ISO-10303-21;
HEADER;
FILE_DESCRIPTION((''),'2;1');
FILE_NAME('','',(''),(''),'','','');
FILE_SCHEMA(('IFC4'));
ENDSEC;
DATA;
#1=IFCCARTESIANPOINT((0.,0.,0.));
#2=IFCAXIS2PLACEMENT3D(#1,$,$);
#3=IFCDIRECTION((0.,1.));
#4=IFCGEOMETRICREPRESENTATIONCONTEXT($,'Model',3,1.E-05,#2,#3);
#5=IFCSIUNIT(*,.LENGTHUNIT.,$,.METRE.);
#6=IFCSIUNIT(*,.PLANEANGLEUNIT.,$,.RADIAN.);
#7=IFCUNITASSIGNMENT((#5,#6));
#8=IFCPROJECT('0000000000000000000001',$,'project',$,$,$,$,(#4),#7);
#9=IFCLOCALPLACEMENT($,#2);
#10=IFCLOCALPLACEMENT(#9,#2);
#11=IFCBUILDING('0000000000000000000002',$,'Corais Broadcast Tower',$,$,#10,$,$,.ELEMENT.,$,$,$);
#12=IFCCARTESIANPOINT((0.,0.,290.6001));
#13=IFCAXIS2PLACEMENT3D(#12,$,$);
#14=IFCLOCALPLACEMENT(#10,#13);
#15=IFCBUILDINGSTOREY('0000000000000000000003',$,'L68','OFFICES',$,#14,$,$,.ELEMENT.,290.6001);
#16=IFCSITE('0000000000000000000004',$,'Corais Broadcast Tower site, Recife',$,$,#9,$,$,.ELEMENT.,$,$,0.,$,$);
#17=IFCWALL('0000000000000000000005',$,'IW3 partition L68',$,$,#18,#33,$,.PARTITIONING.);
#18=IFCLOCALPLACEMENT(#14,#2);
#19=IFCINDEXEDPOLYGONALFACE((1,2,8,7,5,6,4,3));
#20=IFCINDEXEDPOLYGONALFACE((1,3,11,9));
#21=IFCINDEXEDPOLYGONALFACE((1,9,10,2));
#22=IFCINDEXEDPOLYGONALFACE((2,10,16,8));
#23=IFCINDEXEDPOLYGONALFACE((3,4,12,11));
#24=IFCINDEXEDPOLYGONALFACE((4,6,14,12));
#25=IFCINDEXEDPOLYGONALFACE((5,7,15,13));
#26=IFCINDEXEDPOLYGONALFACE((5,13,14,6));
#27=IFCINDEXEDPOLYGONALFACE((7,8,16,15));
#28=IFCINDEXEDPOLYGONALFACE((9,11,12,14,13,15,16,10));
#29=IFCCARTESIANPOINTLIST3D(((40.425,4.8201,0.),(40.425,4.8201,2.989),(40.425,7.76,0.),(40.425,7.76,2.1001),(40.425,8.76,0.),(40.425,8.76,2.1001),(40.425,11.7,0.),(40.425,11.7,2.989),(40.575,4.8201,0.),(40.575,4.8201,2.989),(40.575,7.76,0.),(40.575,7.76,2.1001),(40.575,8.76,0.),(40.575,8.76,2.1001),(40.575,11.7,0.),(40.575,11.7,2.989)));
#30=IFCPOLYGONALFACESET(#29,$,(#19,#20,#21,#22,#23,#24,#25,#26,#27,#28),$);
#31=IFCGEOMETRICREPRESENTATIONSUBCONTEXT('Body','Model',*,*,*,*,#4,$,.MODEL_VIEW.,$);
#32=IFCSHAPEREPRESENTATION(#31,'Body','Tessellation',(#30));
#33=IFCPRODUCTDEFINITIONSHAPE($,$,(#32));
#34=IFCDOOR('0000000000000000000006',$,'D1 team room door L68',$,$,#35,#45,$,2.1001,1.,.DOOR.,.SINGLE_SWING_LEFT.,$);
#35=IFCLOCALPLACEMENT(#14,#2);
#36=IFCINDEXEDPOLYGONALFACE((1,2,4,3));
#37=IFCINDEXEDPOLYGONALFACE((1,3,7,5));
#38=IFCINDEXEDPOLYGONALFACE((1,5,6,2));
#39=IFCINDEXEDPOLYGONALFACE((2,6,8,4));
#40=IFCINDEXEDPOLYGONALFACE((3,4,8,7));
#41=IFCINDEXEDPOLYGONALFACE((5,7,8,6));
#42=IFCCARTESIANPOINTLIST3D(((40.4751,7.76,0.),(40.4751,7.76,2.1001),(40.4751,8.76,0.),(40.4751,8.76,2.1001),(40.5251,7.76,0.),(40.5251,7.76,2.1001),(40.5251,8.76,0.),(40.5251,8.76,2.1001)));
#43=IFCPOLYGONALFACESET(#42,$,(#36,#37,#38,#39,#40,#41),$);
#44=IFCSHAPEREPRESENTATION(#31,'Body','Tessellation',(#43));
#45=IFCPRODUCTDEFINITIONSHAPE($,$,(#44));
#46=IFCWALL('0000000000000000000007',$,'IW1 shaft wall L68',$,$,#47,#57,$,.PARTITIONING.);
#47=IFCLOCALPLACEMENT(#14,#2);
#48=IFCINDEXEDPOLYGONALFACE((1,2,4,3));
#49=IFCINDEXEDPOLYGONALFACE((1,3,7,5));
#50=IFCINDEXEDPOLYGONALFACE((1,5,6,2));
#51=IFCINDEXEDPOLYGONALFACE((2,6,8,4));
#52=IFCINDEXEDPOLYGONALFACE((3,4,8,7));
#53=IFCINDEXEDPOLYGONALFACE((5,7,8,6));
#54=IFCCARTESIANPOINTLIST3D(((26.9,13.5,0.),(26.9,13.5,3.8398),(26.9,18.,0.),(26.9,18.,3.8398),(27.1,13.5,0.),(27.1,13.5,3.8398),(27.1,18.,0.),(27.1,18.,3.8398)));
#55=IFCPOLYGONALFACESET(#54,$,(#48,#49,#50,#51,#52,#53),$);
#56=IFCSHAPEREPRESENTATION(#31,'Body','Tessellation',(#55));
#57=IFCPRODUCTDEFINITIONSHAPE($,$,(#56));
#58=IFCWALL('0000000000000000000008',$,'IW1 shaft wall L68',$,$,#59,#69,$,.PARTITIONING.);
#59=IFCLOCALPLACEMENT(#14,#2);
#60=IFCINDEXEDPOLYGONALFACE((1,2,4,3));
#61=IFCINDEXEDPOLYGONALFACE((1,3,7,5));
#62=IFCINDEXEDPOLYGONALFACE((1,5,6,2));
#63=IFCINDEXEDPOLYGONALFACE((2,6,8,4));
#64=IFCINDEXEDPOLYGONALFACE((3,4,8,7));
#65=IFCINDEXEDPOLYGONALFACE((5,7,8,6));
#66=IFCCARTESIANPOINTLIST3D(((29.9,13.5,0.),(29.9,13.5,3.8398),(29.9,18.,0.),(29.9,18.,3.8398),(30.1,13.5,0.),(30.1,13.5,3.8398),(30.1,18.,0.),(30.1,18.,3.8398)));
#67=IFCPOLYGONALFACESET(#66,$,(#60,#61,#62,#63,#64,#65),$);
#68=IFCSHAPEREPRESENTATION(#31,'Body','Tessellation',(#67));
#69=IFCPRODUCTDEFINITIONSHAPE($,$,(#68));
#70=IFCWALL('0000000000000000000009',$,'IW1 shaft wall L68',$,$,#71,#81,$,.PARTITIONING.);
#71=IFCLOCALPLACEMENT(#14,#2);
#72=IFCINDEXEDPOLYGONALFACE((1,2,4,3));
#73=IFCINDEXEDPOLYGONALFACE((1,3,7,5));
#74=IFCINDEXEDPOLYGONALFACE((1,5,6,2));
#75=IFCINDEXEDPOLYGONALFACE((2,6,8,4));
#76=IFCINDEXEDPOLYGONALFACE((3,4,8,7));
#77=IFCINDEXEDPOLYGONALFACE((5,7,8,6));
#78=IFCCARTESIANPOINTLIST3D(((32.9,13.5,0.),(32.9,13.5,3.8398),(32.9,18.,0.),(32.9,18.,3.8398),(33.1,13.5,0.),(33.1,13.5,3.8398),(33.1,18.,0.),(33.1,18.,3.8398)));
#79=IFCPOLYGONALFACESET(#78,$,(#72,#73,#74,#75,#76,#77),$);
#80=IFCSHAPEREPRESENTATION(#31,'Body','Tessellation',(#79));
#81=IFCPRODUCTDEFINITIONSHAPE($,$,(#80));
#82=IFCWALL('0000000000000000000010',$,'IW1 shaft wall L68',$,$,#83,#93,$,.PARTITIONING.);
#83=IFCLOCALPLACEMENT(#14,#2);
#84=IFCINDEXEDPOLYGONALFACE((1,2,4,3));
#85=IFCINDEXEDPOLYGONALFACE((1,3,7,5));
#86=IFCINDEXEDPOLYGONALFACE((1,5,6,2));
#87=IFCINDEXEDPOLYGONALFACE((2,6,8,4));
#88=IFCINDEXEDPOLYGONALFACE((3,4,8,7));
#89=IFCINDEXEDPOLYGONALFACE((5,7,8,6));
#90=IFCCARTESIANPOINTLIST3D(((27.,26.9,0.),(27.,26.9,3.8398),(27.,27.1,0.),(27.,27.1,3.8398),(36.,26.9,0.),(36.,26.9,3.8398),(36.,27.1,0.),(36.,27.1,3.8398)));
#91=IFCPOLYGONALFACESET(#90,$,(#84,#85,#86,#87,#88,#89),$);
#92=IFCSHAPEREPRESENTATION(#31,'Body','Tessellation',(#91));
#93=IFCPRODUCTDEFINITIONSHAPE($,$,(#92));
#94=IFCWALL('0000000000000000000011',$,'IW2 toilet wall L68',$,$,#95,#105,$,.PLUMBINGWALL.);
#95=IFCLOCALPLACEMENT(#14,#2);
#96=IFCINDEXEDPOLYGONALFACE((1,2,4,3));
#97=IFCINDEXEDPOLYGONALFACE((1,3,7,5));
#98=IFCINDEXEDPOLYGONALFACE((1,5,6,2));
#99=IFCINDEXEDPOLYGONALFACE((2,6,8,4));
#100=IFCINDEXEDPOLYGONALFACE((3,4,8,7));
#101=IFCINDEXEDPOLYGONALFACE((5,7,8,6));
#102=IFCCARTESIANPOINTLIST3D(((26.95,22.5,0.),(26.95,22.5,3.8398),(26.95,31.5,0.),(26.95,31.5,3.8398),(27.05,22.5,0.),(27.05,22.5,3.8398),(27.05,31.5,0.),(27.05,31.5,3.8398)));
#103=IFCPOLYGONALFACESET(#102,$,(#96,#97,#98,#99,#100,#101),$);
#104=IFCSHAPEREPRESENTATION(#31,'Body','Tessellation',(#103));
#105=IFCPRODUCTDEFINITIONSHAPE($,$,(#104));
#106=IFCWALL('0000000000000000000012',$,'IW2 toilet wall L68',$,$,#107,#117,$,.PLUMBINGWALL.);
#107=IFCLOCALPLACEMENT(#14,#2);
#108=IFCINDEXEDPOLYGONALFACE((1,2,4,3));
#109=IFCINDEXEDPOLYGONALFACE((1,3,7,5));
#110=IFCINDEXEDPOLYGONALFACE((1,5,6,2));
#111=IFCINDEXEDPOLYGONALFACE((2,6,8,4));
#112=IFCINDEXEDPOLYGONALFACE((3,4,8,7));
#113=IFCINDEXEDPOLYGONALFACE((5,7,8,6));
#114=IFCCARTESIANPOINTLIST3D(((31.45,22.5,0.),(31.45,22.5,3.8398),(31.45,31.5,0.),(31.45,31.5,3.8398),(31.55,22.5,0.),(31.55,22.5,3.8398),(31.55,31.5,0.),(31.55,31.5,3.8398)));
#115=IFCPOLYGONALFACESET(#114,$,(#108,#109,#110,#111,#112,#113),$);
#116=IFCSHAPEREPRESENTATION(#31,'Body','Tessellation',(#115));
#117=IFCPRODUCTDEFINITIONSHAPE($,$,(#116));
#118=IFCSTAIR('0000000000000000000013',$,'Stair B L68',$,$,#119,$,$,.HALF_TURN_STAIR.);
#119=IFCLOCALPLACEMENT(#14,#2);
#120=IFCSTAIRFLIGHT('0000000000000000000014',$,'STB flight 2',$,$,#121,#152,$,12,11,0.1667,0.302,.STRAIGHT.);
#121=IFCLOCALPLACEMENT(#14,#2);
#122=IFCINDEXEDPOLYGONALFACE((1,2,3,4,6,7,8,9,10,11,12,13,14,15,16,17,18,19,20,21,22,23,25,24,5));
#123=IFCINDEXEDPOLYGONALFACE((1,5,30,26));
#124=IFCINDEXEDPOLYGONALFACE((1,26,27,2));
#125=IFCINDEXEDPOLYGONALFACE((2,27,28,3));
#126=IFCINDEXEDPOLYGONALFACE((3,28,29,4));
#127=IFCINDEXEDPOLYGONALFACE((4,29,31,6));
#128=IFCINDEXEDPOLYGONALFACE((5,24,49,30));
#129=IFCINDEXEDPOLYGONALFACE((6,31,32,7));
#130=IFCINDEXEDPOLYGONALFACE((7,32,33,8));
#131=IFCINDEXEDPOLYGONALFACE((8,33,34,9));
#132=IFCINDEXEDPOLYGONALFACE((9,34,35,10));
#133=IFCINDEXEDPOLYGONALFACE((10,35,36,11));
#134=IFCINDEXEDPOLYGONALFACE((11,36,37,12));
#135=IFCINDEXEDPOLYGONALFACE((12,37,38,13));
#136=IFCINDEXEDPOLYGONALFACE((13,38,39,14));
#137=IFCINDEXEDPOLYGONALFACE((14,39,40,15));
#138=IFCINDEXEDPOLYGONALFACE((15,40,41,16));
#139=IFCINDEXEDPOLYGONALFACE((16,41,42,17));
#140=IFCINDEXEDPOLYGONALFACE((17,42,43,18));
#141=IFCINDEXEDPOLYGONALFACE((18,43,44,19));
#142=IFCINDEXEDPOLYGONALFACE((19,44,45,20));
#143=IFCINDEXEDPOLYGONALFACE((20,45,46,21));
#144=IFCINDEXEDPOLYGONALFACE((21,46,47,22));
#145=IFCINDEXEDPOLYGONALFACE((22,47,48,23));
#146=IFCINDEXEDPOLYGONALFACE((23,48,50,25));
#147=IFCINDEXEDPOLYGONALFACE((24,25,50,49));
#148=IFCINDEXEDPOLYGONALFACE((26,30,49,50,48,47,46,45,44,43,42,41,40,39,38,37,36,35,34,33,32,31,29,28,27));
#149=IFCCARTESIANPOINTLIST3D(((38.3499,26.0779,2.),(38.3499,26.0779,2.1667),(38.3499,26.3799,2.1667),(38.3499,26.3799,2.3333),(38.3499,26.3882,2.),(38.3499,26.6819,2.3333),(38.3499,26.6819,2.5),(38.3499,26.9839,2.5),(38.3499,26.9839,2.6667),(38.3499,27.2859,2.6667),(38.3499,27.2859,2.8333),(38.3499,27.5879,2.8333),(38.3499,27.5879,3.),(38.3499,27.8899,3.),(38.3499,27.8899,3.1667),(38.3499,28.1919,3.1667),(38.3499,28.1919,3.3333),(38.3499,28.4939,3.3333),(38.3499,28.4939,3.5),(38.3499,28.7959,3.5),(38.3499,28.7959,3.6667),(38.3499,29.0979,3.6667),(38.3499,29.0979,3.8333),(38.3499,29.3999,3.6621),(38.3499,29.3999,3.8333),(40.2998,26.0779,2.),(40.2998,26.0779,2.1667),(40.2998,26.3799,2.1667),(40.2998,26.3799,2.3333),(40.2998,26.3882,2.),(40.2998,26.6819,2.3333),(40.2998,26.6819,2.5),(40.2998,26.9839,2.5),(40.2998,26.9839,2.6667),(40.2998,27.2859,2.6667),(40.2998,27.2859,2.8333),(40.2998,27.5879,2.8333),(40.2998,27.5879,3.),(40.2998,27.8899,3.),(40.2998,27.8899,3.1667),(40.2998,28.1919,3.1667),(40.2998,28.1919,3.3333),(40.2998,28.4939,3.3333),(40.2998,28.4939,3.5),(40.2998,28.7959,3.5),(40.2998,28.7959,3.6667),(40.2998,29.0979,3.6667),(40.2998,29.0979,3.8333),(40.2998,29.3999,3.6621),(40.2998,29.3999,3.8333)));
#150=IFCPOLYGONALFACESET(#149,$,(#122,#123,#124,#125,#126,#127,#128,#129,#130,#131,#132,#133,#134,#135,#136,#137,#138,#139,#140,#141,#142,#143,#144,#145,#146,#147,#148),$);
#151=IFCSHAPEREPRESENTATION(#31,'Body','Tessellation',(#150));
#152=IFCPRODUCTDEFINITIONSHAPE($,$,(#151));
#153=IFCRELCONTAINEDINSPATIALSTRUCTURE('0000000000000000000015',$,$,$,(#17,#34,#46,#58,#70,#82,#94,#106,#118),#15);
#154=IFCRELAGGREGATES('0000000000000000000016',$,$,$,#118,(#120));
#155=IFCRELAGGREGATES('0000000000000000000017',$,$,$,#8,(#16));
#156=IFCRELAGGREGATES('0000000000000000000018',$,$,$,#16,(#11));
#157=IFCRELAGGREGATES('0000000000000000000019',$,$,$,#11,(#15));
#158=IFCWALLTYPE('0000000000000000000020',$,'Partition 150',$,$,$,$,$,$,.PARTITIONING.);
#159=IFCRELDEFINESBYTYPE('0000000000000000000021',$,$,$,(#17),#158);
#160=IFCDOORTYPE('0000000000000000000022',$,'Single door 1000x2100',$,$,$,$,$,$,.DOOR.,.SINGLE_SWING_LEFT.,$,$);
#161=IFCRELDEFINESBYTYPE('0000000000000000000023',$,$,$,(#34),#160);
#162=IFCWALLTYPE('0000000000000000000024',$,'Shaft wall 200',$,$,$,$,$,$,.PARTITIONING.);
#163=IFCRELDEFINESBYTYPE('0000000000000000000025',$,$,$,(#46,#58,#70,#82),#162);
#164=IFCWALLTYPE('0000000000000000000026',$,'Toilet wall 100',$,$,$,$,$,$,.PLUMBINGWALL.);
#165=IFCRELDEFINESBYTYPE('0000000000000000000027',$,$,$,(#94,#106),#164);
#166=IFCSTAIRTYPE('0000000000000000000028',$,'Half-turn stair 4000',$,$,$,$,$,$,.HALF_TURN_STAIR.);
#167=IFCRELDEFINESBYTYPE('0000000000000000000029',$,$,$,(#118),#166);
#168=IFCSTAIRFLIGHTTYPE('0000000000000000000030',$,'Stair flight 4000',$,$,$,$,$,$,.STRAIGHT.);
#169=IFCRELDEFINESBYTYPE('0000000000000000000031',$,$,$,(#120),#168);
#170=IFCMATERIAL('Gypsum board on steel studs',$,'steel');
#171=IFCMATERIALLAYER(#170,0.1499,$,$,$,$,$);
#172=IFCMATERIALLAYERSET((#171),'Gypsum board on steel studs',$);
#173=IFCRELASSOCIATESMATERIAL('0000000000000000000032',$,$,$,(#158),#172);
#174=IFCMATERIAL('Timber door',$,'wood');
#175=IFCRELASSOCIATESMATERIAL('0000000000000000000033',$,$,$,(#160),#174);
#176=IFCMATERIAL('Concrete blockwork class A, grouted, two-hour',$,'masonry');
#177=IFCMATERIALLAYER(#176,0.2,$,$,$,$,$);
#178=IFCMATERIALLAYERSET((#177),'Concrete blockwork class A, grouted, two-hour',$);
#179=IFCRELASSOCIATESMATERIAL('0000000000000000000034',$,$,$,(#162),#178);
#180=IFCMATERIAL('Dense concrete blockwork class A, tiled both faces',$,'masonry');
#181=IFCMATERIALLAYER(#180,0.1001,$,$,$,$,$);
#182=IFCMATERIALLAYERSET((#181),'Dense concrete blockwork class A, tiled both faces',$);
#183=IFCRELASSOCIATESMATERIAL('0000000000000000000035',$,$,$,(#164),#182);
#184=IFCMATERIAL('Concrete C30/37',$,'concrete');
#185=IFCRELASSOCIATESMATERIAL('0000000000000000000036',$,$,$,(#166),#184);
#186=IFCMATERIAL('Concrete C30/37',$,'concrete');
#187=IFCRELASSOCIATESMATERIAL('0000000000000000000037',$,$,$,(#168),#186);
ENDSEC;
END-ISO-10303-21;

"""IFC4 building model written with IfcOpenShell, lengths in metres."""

from ifc_helpers import new_model, si_unit, direction, frame, frame_2d, origin, place, context, subcontext, project, spatial, polyline, rectangle, outline, extrude, material, layer, layer_set, type_object, element, fill, aggregate, save


model = new_model("IFC4")

# Units and contexts
model_context = context("Model", 3, precision=1e-05, world=origin(), true_north=direction((0.0, 1.0)))
body_context = subcontext(model_context, "Body", "Model", "MODEL_VIEW")
ifc_project = project(units=[si_unit("LENGTHUNIT", "METRE"), si_unit("PLANEANGLEUNIT", "RADIAN")], contexts=[model_context])

# Site, building, storey
site_placement = place(None, origin())
site = spatial("IfcSite", under=ifc_project, at=site_placement, Name="Corais Broadcast Tower site, Recife", CompositionType="ELEMENT", RefElevation=0.0)
building_placement = place(site_placement, origin())
building = spatial("IfcBuilding", under=site, at=building_placement, Name="Corais Broadcast Tower", CompositionType="ELEMENT")
storey_placement = place(building_placement, frame((0.0, 0.0, 290.6001)))
storey = spatial("IfcBuildingStorey", under=building, at=storey_placement, Name="L68", Description="OFFICES", CompositionType="ELEMENT", Elevation=290.6001)

# Shared definitions
ifc_material_1 = material(Name="Gypsum board on steel studs", Category="steel")
ifc_layer_1 = layer(ifc_material_1, 0.1499)
ifc_layer_set_1 = layer_set([ifc_layer_1], Name="Gypsum board on steel studs")
wall_type_1 = type_object("IfcWallType", Name="Partition 150", PredefinedType="PARTITIONING", material=ifc_layer_set_1)

# Wall, opening, door
ifc_material_2 = material(Name="Timber door", Category="wood")
door_type_1 = type_object("IfcDoorType", Name="Single door 1000x2100", OperationType="SINGLE_SWING_LEFT", PredefinedType="DOOR", material=ifc_material_2)
wall_1_placement = place(storey_placement, frame((40.5, 4.8201, 0.0), z_axis=(0.0, 0.0, 1.0), x_axis=(0.0, 1.0, 0.0)))
wall_1 = element("IfcWall", 1, at=wall_1_placement, inside=storey, type_object=wall_type_1, Name="IW3 partition L68", PredefinedType="PARTITIONING", context=body_context, shape_type="SweptSolid", body=[
    extrude(rectangle(XDim=6.8799, YDim=0.1499, at=frame_2d((3.4399, 0.0))), origin(), (0.0, 0.0, 1.0), 2.989),
])
opening_1_placement = place(wall_1_placement, frame((2.9399, 0.0, 0.0)))
opening_1 = element("IfcOpeningElement", 2, at=opening_1_placement, cuts=wall_1, PredefinedType="OPENING", context=body_context, shape_type="SweptSolid", body=[
    extrude(rectangle(XDim=1.0, YDim=2.1001, at=frame_2d((0.5, 1.05))), frame((0.0, 0.085, 0.0), z_axis=(0.0, -1.0, 0.0), x_axis=(1.0, 0.0, 0.0)), (0.0, 0.0, 1.0), 0.1699),
])
door_1_placement = place(opening_1_placement, origin())
door_1 = element("IfcDoor", 3, at=door_1_placement, inside=storey, type_object=door_type_1, Name="D1 team room door L68", OperationType="SINGLE_SWING_LEFT", OverallHeight=2.1001, OverallWidth=1.0, PredefinedType="DOOR", context=body_context, shape_type="SweptSolid", body=[
    extrude(rectangle(XDim=1.0, YDim=2.1001, at=frame_2d((0.5, 1.05))), frame((0.0, 0.0249, 0.0), z_axis=(0.0, -1.0, 0.0), x_axis=(1.0, 0.0, 0.0)), (0.0, 0.0, 1.0), 0.05),
])
fill(opening_1, door_1)

# Walls
ifc_material_3 = material(Name="Concrete blockwork class A, grouted, two-hour", Category="masonry")
ifc_layer_2 = layer(ifc_material_3, 0.2)
ifc_layer_set_2 = layer_set([ifc_layer_2], Name="Concrete blockwork class A, grouted, two-hour")
wall_type_2 = type_object("IfcWallType", Name="Shaft wall 200", PredefinedType="PARTITIONING", material=ifc_layer_set_2)
for number, where, z_axis, x_axis, name in (
    (4, (27.0, 13.5, 0.0), (0.0, 0.0, 1.0), (0.0, 1.0, 0.0), "IW1 shaft wall L68"),
    (5, (30.0, 13.5, 0.0), (0.0, 0.0, 1.0), (0.0, 1.0, 0.0), "IW1 shaft wall L68"),
    (6, (33.0, 13.5, 0.0), (0.0, 0.0, 1.0), (0.0, 1.0, 0.0), "IW1 shaft wall L68"),
):
    element("IfcWall", number, at=place(storey_placement, frame(where, z_axis=z_axis, x_axis=x_axis)), inside=storey, type_object=wall_type_2, Name=name, PredefinedType="PARTITIONING", context=body_context, shape_type="SweptSolid", body=[
        extrude(rectangle(XDim=4.5, YDim=0.2, at=frame_2d((2.25, 0.0))), origin(), (0.0, 0.0, 1.0), 3.8398),
    ])
wall_2_placement = place(storey_placement, frame((27.0, 27.0, 0.0), z_axis=(0.0, 0.0, 1.0), x_axis=(1.0, 0.0, 0.0)))
element("IfcWall", 7, at=wall_2_placement, inside=storey, type_object=wall_type_2, Name="IW1 shaft wall L68", PredefinedType="PARTITIONING", context=body_context, shape_type="SweptSolid", body=[
    extrude(rectangle(XDim=9.0, YDim=0.2, at=frame_2d((4.5, 0.0))), origin(), (0.0, 0.0, 1.0), 3.8398),
])
ifc_material_4 = material(Name="Dense concrete blockwork class A, tiled both faces", Category="masonry")
ifc_layer_3 = layer(ifc_material_4, 0.1001)
ifc_layer_set_3 = layer_set([ifc_layer_3], Name="Dense concrete blockwork class A, tiled both faces")
wall_type_3 = type_object("IfcWallType", Name="Toilet wall 100", PredefinedType="PLUMBINGWALL", material=ifc_layer_set_3)
for number, where, z_axis, x_axis, name in (
    (8, (27.0, 22.5, 0.0), (0.0, 0.0, 1.0), (0.0, 1.0, 0.0), "IW2 toilet wall L68"),
    (9, (31.5, 22.5, 0.0), (0.0, 0.0, 1.0), (0.0, 1.0, 0.0), "IW2 toilet wall L68"),
):
    element("IfcWall", number, at=place(storey_placement, frame(where, z_axis=z_axis, x_axis=x_axis)), inside=storey, type_object=wall_type_3, Name=name, PredefinedType="PLUMBINGWALL", context=body_context, shape_type="SweptSolid", body=[
        extrude(rectangle(XDim=9.0, YDim=0.1001, at=frame_2d((4.5, 0.0))), origin(), (0.0, 0.0, 1.0), 3.8398),
    ])

# Stair, stair flight
ifc_material_5 = material(Name="Concrete C30/37", Category="concrete")
stair_type = type_object("IfcStairType", Name="Half-turn stair 4000", PredefinedType="HALF_TURN_STAIR", material=ifc_material_5)
stair_placement = place(storey_placement, origin())
stair = element("IfcStair", 10, at=stair_placement, inside=storey, type_object=stair_type, Name="Stair B L68", PredefinedType="HALF_TURN_STAIR")
ifc_material_6 = material(Name="Concrete C30/37", Category="concrete")
stair_flight_type = type_object("IfcStairFlightType", Name="Stair flight 4000", PredefinedType="STRAIGHT", material=ifc_material_6)
stair_flight_placement = place(storey_placement, frame((39.325, 26.0779, 2.0), z_axis=(0.0, 0.0, 1.0), x_axis=(0.0, 1.0, 0.0)))
stair_flight = element("IfcStairFlight", 11, at=stair_flight_placement, type_object=stair_flight_type, Name="STB flight 2", NumberOfRisers=12, NumberOfTreads=11, PredefinedType="STRAIGHT", RiserHeight=0.1667, TreadLength=0.302, context=body_context, shape_type="SweptSolid", body=[
    extrude(outline(polyline([(0.0, 0.0), (0.0, 0.1667), (0.302, 0.1667), (0.302, 0.3333), (0.604, 0.3333), (0.604, 0.5), (0.906, 0.5), (0.906, 0.6667), (1.208, 0.6667), (1.208, 0.8333), (1.51, 0.8333), (1.51, 1.0), (1.812, 1.0), (1.812, 1.1667), (2.114, 1.1667), (2.114, 1.3333), (2.416, 1.3333), (2.416, 1.5), (2.718, 1.5), (2.718, 1.6667), (3.02, 1.6667), (3.02, 1.8333), (3.322, 1.8333), (3.322, 2.0), (3.322, 1.6621), (0.3103, 0.0), (0.0, 0.0)])), frame((0.0, 0.9751, 0.0), z_axis=(0.0, -1.0, 0.0), x_axis=(1.0, 0.0, 0.0)), (0.0, 0.0, 1.0), 1.95),
])
aggregate(stair, [stair_flight])

save(model, "model.ifc")
